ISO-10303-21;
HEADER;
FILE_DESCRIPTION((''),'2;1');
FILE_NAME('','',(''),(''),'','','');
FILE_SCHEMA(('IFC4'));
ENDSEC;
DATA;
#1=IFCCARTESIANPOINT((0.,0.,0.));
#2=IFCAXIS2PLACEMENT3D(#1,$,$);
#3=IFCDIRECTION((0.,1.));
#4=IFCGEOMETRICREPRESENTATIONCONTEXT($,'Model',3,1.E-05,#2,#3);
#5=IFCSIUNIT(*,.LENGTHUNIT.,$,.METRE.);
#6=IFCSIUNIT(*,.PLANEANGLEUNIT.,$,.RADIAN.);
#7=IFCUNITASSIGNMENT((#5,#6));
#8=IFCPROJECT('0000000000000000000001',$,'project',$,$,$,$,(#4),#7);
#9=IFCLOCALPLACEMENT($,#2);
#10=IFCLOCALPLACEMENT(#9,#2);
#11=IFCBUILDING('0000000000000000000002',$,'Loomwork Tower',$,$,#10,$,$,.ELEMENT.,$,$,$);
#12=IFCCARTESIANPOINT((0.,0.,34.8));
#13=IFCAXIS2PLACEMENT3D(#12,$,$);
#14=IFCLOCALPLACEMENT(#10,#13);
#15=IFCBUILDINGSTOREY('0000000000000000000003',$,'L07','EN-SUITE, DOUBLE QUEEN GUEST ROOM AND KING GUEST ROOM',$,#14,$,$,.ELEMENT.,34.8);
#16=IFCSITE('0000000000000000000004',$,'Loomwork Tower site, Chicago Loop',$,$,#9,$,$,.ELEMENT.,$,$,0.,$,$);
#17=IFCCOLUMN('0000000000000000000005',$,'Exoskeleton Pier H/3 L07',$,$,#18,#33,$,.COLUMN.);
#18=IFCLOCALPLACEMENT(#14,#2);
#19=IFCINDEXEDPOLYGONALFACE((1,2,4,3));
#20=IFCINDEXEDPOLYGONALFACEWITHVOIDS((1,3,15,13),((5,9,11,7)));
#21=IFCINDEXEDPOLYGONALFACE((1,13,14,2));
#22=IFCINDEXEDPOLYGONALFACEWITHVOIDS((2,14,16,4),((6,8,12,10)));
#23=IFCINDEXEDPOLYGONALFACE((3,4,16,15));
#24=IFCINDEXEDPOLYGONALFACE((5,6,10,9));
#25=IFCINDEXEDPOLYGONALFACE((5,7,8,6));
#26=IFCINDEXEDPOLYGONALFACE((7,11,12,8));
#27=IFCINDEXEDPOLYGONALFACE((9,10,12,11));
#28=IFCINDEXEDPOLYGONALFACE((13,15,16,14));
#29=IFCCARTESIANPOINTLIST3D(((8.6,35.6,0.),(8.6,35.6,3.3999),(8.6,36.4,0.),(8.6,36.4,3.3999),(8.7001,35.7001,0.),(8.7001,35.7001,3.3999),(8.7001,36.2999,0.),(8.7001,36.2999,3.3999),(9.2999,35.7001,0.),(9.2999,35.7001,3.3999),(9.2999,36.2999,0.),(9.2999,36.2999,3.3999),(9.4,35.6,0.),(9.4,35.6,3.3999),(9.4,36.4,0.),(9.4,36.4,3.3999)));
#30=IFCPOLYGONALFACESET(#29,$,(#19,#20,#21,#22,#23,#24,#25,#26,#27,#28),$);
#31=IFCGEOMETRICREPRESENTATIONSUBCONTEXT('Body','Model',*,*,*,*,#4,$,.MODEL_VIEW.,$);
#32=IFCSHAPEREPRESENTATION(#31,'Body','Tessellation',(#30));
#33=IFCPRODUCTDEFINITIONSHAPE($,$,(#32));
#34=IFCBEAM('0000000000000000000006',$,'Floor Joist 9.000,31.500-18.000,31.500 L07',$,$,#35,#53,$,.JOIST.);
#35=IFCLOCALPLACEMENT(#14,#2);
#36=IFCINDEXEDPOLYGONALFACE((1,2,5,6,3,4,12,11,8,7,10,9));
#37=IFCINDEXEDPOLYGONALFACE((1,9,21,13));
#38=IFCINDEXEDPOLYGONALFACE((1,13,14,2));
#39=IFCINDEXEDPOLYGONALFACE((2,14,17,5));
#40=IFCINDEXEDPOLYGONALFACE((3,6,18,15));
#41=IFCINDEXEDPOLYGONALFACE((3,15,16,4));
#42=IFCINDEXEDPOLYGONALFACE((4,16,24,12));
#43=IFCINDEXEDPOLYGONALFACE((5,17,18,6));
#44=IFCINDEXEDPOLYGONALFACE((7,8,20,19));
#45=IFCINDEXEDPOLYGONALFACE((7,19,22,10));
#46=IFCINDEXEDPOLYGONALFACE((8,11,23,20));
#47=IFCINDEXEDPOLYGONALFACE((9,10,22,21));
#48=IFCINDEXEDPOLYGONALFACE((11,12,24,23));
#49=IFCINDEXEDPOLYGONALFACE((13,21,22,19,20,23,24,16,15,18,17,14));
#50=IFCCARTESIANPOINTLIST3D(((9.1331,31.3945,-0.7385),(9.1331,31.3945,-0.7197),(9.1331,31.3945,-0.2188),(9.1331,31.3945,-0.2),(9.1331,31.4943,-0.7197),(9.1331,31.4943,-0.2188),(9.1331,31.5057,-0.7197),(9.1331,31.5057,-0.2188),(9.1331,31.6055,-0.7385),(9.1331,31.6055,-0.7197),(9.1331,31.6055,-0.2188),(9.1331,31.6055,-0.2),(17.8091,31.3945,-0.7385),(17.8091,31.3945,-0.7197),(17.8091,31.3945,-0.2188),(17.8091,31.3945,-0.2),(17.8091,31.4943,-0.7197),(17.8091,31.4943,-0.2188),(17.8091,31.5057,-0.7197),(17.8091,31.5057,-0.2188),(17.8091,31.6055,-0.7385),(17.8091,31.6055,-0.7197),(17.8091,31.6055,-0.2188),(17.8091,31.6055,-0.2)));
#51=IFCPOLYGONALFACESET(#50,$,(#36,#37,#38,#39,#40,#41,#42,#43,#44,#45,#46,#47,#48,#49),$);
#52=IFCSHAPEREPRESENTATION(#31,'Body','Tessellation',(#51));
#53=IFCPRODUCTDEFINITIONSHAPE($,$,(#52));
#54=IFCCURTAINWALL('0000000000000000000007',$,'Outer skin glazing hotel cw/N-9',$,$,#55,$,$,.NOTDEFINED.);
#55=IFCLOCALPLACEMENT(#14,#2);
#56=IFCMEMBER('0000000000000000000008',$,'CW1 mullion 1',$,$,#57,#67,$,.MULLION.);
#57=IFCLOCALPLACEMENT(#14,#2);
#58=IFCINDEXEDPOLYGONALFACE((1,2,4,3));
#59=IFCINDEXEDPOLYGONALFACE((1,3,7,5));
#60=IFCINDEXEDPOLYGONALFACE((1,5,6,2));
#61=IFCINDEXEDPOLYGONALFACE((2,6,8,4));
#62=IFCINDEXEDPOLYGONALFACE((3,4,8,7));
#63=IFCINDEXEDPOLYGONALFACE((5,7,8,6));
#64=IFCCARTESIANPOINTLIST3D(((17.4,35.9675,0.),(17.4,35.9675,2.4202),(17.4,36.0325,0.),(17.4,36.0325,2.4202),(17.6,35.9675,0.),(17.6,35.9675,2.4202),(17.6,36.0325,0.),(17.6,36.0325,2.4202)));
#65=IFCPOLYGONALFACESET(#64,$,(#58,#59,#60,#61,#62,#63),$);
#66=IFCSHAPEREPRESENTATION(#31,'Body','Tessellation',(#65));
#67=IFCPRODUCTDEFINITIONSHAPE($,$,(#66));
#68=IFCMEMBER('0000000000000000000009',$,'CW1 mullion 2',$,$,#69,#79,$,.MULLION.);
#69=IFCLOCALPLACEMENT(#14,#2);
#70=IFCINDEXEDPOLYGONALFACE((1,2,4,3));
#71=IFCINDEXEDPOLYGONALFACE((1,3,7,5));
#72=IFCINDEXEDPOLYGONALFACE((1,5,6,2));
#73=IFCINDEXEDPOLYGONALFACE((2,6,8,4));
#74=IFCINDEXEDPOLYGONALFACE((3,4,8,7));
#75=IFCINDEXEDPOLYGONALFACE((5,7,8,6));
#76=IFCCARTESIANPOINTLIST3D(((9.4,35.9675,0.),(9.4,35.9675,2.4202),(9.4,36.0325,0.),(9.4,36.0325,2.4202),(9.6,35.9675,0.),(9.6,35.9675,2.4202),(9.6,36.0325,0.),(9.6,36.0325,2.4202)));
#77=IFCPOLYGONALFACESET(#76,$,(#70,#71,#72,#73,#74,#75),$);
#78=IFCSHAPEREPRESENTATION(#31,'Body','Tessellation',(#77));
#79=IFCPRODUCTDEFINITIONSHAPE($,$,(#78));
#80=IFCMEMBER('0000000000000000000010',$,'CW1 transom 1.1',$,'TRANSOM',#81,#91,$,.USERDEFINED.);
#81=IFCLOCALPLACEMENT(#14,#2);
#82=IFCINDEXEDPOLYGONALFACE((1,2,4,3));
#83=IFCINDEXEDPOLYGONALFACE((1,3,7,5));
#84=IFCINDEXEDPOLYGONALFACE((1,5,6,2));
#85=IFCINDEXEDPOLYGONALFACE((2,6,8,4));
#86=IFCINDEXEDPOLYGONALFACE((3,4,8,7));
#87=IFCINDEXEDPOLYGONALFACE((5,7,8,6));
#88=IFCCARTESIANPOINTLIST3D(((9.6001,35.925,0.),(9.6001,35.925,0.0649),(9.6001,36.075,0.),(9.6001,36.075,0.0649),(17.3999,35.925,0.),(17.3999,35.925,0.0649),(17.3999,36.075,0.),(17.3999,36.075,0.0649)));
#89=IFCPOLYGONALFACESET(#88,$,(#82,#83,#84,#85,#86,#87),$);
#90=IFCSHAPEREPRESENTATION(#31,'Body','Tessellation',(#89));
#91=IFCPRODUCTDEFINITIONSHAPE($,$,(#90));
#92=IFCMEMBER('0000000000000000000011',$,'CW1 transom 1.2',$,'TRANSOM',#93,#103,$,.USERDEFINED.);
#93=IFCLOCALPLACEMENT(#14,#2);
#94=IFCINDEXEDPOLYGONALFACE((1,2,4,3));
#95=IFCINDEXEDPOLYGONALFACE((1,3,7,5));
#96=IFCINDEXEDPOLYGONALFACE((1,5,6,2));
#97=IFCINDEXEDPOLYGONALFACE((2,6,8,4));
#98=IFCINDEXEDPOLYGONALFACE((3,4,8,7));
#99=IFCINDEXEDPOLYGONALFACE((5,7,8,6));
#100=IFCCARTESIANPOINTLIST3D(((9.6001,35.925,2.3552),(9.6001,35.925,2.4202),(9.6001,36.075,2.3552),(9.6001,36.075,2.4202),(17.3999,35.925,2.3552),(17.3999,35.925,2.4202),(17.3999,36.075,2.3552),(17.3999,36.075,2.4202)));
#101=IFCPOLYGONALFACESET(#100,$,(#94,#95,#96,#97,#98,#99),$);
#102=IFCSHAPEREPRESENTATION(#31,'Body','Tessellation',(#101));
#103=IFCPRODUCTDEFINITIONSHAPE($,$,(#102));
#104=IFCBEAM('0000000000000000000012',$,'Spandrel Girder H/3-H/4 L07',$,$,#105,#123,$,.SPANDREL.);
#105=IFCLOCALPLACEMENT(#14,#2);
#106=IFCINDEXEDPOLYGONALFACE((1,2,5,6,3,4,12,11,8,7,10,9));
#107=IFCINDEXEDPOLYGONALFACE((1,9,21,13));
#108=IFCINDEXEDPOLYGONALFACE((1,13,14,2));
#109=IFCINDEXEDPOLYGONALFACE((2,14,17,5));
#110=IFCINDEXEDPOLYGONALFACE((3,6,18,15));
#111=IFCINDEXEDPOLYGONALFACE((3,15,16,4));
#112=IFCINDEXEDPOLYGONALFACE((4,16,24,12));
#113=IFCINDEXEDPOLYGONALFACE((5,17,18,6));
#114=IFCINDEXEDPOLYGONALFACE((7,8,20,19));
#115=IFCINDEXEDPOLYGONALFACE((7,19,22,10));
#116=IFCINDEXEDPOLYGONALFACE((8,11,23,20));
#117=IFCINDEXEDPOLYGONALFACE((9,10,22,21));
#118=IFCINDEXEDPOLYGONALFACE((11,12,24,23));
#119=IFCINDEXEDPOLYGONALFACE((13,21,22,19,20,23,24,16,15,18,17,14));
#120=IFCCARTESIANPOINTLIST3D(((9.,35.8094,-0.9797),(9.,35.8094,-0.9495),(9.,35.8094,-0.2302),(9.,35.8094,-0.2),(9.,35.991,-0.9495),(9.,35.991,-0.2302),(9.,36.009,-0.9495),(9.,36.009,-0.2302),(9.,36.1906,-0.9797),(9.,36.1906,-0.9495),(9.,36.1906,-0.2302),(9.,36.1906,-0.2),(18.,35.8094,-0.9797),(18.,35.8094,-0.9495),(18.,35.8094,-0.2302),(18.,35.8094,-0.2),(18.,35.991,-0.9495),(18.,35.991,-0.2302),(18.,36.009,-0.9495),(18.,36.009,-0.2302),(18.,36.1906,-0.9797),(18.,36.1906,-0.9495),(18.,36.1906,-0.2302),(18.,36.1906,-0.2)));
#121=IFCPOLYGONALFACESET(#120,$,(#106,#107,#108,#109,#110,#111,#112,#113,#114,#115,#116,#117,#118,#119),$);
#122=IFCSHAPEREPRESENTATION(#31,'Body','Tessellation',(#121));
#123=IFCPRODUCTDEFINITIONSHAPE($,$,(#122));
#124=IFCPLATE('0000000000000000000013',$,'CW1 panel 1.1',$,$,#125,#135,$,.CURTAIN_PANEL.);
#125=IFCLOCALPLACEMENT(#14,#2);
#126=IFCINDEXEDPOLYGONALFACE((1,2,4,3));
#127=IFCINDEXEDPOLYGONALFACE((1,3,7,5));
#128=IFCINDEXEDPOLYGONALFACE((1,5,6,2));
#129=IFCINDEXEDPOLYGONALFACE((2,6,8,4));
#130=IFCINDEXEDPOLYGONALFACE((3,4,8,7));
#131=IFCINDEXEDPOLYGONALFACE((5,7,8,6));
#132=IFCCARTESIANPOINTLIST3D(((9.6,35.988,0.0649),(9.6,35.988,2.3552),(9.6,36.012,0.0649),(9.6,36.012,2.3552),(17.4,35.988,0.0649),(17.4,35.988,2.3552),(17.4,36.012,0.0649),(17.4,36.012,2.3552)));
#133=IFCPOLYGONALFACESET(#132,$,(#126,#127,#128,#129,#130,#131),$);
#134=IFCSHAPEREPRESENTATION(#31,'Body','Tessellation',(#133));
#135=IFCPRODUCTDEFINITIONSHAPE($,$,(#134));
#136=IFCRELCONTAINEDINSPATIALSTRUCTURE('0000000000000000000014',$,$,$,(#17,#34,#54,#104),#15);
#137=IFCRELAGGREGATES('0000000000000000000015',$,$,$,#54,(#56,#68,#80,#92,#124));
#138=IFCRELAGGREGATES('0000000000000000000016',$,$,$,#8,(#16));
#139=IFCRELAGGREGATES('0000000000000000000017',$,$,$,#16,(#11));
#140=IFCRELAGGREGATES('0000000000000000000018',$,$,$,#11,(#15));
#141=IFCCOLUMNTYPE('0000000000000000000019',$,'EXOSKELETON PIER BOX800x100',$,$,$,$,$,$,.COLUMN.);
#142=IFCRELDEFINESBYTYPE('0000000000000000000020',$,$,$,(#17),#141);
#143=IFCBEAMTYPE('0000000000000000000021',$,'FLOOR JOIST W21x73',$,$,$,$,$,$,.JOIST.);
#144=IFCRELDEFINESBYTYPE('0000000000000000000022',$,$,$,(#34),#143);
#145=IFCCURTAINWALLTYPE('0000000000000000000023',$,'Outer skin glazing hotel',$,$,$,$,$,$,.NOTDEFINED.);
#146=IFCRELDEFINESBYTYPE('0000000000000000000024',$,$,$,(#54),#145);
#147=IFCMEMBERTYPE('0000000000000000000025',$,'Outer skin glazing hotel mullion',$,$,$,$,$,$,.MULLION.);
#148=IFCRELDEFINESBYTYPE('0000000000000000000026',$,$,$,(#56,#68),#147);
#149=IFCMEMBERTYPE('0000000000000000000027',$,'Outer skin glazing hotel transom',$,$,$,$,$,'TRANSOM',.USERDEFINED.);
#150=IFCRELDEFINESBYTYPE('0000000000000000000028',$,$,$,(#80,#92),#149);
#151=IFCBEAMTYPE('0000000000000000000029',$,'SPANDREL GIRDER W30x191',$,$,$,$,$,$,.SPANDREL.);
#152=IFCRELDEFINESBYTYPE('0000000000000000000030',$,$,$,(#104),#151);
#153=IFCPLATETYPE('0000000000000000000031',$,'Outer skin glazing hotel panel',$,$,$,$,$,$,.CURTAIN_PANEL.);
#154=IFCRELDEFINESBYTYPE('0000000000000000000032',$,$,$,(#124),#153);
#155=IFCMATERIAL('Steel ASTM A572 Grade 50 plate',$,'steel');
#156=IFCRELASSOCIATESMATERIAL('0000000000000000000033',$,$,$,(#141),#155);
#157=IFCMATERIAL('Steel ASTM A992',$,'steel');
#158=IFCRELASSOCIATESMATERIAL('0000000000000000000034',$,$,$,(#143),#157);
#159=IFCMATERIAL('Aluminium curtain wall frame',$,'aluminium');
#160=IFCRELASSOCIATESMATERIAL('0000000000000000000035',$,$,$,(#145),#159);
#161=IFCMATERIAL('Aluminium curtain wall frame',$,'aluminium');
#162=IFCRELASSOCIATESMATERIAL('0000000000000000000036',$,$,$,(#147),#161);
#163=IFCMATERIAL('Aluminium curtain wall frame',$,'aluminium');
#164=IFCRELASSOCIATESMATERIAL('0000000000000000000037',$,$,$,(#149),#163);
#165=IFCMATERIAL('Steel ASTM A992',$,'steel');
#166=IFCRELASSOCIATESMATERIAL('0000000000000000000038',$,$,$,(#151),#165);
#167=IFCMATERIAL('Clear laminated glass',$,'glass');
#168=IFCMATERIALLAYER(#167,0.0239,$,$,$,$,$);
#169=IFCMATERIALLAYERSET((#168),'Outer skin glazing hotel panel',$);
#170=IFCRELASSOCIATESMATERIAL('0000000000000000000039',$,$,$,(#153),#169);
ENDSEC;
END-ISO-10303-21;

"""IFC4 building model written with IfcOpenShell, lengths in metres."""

from ifc_helpers import new_model, si_unit, direction, frame, origin, origin_2d, place, context, subcontext, project, spatial, rectangle, hollow_rectangle, i_section, extrude, material, layer, layer_set, material_profile, profile_set, type_object, element, aggregate, save


model = new_model("IFC4")

# Units and contexts
model_context = context("Model", 3, precision=1e-05, world=origin(), true_north=direction((0.0, 1.0)))
body_context = subcontext(model_context, "Body", "Model", "MODEL_VIEW")
ifc_project = project(units=[si_unit("LENGTHUNIT", "METRE"), si_unit("PLANEANGLEUNIT", "RADIAN")], contexts=[model_context])

# Site, building, storey
site_placement = place(None, origin())
site = spatial("IfcSite", under=ifc_project, at=site_placement, Name="Loomwork Tower site, Chicago Loop", CompositionType="ELEMENT", RefElevation=0.0)
building_placement = place(site_placement, origin())
building = spatial("IfcBuilding", under=site, at=building_placement, Name="Loomwork Tower", CompositionType="ELEMENT")
storey_placement = place(building_placement, frame((0.0, 0.0, 34.8)))
storey = spatial("IfcBuildingStorey", under=building, at=storey_placement, Name="L07", Description="EN-SUITE, DOUBLE QUEEN GUEST ROOM AND KING GUEST ROOM", CompositionType="ELEMENT", Elevation=34.8)

# Column
ifc_material_1 = material(Name="Steel ASTM A572 Grade 50 plate", Category="steel")
ifc_material_profile_1 = material_profile(ifc_material_1, hollow_rectangle(XDim=0.8, YDim=0.8, WallThickness=0.1001, at=origin_2d()), Name="BOX800x100")
ifc_profile_set_1 = profile_set([ifc_material_profile_1], Name="Steel ASTM A572 Grade 50 plate")
column_type = type_object("IfcColumnType", Name="EXOSKELETON PIER BOX800x100", PredefinedType="COLUMN", material=ifc_profile_set_1)
column_placement = place(storey_placement, frame((9.0, 36.0, 0.0), z_axis=(0.0, 0.0, 1.0), x_axis=(1.0, 0.0, 0.0)))
element("IfcColumn", 1, at=column_placement, inside=storey, type_object=column_type, Name="Exoskeleton Pier H/3 L07", PredefinedType="COLUMN", context=body_context, shape_type="SweptSolid", body=[
    extrude(hollow_rectangle(XDim=0.8, YDim=0.8, WallThickness=0.1001, at=origin_2d()), origin(), (0.0, 0.0, 1.0), 3.3999),
])

# Beam
ifc_material_2 = material(Name="Steel ASTM A992", Category="steel")
ifc_material_profile_2 = material_profile(ifc_material_2, i_section(OverallWidth=0.2109, OverallDepth=0.5386, WebThickness=0.0115, FlangeThickness=0.0188, at=origin_2d()), Name="W21x73")
ifc_profile_set_2 = profile_set([ifc_material_profile_2], Name="Steel ASTM A992")
beam_type_1 = type_object("IfcBeamType", Name="FLOOR JOIST W21x73", PredefinedType="JOIST", material=ifc_profile_set_2)
beam_1_placement = place(storey_placement, frame((9.1331, 31.5, -0.4692), z_axis=(1.0, 0.0, 0.0), x_axis=(0.0, 1.0, 0.0)))
element("IfcBeam", 2, at=beam_1_placement, inside=storey, type_object=beam_type_1, Name="Floor Joist 9.000,31.500-18.000,31.500 L07", PredefinedType="JOIST", context=body_context, shape_type="SweptSolid", body=[
    extrude(i_section(OverallWidth=0.2109, OverallDepth=0.5386, WebThickness=0.0115, FlangeThickness=0.0188, at=origin_2d()), origin(), (0.0, 0.0, 1.0), 8.676),
])

# Curtain wall, members
ifc_material_3 = material(Name="Aluminium curtain wall frame", Category="aluminium")
curtain_wall_type = type_object("IfcCurtainWallType", Name="Outer skin glazing hotel", PredefinedType="NOTDEFINED", material=ifc_material_3)
curtain_wall_placement = place(storey_placement, origin())
curtain_wall = element("IfcCurtainWall", 3, at=curtain_wall_placement, inside=storey, type_object=curtain_wall_type, Name="Outer skin glazing hotel cw/N-9", PredefinedType="NOTDEFINED")
ifc_material_4 = material(Name="Aluminium curtain wall frame", Category="aluminium")
ifc_material_profile_3 = material_profile(ifc_material_4, rectangle(XDim=0.0649, YDim=0.2, at=origin_2d()), Name="AL 65x200")
ifc_profile_set_3 = profile_set([ifc_material_profile_3], Name="Aluminium curtain wall frame")
member_type_1 = type_object("IfcMemberType", Name="Outer skin glazing hotel mullion", PredefinedType="MULLION", material=ifc_profile_set_3)
member_1_placement = place(storey_placement, frame((17.5, 36.0, 0.0), z_axis=(0.0, 0.0, 1.0), x_axis=(0.0, -1.0, 0.0)))
member_1 = element("IfcMember", 4, at=member_1_placement, type_object=member_type_1, Name="CW1 mullion 1", PredefinedType="MULLION", context=body_context, shape_type="SweptSolid", body=[
    extrude(rectangle(XDim=0.0649, YDim=0.2, at=origin_2d()), origin(), (0.0, 0.0, 1.0), 2.4202),
])
member_2_placement = place(storey_placement, frame((9.5, 36.0, 0.0), z_axis=(0.0, 0.0, 1.0), x_axis=(0.0, -1.0, 0.0)))
member_2 = element("IfcMember", 5, at=member_2_placement, type_object=member_type_1, Name="CW1 mullion 2", PredefinedType="MULLION", context=body_context, shape_type="SweptSolid", body=[
    extrude(rectangle(XDim=0.0649, YDim=0.2, at=origin_2d()), origin(), (0.0, 0.0, 1.0), 2.4202),
])
ifc_material_5 = material(Name="Aluminium curtain wall frame", Category="aluminium")
ifc_material_profile_4 = material_profile(ifc_material_5, rectangle(XDim=0.1499, YDim=0.0649, at=origin_2d()), Name="AL 65x150")
ifc_profile_set_4 = profile_set([ifc_material_profile_4], Name="Aluminium curtain wall frame")
member_type_2 = type_object("IfcMemberType", Name="Outer skin glazing hotel transom", ElementType="TRANSOM", PredefinedType="USERDEFINED", material=ifc_profile_set_4)
member_3_placement = place(storey_placement, frame((17.3999, 36.0, 0.0325), z_axis=(-1.0, 0.0, 0.0), x_axis=(0.0, -1.0, 0.0)))
member_3 = element("IfcMember", 6, at=member_3_placement, type_object=member_type_2, Name="CW1 transom 1.1", ObjectType="TRANSOM", PredefinedType="USERDEFINED", context=body_context, shape_type="SweptSolid", body=[
    extrude(rectangle(XDim=0.1499, YDim=0.0649, at=origin_2d()), origin(), (0.0, 0.0, 1.0), 7.7998),
])
member_4_placement = place(storey_placement, frame((17.3999, 36.0, 2.3877), z_axis=(-1.0, 0.0, 0.0), x_axis=(0.0, -1.0, 0.0)))
member_4 = element("IfcMember", 7, at=member_4_placement, type_object=member_type_2, Name="CW1 transom 1.2", ObjectType="TRANSOM", PredefinedType="USERDEFINED", context=body_context, shape_type="SweptSolid", body=[
    extrude(rectangle(XDim=0.1499, YDim=0.0649, at=origin_2d()), origin(), (0.0, 0.0, 1.0), 7.7998),
])

# Beam
ifc_material_6 = material(Name="Steel ASTM A992", Category="steel")
ifc_material_profile_5 = material_profile(ifc_material_6, i_section(OverallWidth=0.3811, OverallDepth=0.7798, WebThickness=0.0181, FlangeThickness=0.0303, at=origin_2d()), Name="W30x191")
ifc_profile_set_5 = profile_set([ifc_material_profile_5], Name="Steel ASTM A992")
beam_type_2 = type_object("IfcBeamType", Name="SPANDREL GIRDER W30x191", PredefinedType="SPANDREL", material=ifc_profile_set_5)
beam_2_placement = place(storey_placement, frame((9.0, 36.0, -0.5898), z_axis=(1.0, 0.0, 0.0), x_axis=(0.0, 1.0, 0.0)))
element("IfcBeam", 8, at=beam_2_placement, inside=storey, type_object=beam_type_2, Name="Spandrel Girder H/3-H/4 L07", PredefinedType="SPANDREL", context=body_context, shape_type="SweptSolid", body=[
    extrude(i_section(OverallWidth=0.3811, OverallDepth=0.7798, WebThickness=0.0181, FlangeThickness=0.0303, at=origin_2d()), origin(), (0.0, 0.0, 1.0), 9.0),
])

# Plate
ifc_material_7 = material(Name="Clear laminated glass", Category="glass")
ifc_layer_1 = layer(ifc_material_7, 0.0239)
ifc_layer_set_1 = layer_set([ifc_layer_1], Name="Outer skin glazing hotel panel")
plate_type = type_object("IfcPlateType", Name="Outer skin glazing hotel panel", PredefinedType="CURTAIN_PANEL", material=ifc_layer_set_1)
plate_placement = place(storey_placement, frame((13.5, 36.0, 0.0649), z_axis=(0.0, 0.0, 1.0), x_axis=(-1.0, 0.0, 0.0)))
plate = element("IfcPlate", 9, at=plate_placement, type_object=plate_type, Name="CW1 panel 1.1", PredefinedType="CURTAIN_PANEL", context=body_context, shape_type="SweptSolid", body=[
    extrude(rectangle(XDim=7.8, YDim=0.0239, at=origin_2d()), origin(), (0.0, 0.0, 1.0), 2.2903),
])
aggregate(curtain_wall, [member_1, member_2, member_3, member_4, plate])

save(model, "model.ifc")
